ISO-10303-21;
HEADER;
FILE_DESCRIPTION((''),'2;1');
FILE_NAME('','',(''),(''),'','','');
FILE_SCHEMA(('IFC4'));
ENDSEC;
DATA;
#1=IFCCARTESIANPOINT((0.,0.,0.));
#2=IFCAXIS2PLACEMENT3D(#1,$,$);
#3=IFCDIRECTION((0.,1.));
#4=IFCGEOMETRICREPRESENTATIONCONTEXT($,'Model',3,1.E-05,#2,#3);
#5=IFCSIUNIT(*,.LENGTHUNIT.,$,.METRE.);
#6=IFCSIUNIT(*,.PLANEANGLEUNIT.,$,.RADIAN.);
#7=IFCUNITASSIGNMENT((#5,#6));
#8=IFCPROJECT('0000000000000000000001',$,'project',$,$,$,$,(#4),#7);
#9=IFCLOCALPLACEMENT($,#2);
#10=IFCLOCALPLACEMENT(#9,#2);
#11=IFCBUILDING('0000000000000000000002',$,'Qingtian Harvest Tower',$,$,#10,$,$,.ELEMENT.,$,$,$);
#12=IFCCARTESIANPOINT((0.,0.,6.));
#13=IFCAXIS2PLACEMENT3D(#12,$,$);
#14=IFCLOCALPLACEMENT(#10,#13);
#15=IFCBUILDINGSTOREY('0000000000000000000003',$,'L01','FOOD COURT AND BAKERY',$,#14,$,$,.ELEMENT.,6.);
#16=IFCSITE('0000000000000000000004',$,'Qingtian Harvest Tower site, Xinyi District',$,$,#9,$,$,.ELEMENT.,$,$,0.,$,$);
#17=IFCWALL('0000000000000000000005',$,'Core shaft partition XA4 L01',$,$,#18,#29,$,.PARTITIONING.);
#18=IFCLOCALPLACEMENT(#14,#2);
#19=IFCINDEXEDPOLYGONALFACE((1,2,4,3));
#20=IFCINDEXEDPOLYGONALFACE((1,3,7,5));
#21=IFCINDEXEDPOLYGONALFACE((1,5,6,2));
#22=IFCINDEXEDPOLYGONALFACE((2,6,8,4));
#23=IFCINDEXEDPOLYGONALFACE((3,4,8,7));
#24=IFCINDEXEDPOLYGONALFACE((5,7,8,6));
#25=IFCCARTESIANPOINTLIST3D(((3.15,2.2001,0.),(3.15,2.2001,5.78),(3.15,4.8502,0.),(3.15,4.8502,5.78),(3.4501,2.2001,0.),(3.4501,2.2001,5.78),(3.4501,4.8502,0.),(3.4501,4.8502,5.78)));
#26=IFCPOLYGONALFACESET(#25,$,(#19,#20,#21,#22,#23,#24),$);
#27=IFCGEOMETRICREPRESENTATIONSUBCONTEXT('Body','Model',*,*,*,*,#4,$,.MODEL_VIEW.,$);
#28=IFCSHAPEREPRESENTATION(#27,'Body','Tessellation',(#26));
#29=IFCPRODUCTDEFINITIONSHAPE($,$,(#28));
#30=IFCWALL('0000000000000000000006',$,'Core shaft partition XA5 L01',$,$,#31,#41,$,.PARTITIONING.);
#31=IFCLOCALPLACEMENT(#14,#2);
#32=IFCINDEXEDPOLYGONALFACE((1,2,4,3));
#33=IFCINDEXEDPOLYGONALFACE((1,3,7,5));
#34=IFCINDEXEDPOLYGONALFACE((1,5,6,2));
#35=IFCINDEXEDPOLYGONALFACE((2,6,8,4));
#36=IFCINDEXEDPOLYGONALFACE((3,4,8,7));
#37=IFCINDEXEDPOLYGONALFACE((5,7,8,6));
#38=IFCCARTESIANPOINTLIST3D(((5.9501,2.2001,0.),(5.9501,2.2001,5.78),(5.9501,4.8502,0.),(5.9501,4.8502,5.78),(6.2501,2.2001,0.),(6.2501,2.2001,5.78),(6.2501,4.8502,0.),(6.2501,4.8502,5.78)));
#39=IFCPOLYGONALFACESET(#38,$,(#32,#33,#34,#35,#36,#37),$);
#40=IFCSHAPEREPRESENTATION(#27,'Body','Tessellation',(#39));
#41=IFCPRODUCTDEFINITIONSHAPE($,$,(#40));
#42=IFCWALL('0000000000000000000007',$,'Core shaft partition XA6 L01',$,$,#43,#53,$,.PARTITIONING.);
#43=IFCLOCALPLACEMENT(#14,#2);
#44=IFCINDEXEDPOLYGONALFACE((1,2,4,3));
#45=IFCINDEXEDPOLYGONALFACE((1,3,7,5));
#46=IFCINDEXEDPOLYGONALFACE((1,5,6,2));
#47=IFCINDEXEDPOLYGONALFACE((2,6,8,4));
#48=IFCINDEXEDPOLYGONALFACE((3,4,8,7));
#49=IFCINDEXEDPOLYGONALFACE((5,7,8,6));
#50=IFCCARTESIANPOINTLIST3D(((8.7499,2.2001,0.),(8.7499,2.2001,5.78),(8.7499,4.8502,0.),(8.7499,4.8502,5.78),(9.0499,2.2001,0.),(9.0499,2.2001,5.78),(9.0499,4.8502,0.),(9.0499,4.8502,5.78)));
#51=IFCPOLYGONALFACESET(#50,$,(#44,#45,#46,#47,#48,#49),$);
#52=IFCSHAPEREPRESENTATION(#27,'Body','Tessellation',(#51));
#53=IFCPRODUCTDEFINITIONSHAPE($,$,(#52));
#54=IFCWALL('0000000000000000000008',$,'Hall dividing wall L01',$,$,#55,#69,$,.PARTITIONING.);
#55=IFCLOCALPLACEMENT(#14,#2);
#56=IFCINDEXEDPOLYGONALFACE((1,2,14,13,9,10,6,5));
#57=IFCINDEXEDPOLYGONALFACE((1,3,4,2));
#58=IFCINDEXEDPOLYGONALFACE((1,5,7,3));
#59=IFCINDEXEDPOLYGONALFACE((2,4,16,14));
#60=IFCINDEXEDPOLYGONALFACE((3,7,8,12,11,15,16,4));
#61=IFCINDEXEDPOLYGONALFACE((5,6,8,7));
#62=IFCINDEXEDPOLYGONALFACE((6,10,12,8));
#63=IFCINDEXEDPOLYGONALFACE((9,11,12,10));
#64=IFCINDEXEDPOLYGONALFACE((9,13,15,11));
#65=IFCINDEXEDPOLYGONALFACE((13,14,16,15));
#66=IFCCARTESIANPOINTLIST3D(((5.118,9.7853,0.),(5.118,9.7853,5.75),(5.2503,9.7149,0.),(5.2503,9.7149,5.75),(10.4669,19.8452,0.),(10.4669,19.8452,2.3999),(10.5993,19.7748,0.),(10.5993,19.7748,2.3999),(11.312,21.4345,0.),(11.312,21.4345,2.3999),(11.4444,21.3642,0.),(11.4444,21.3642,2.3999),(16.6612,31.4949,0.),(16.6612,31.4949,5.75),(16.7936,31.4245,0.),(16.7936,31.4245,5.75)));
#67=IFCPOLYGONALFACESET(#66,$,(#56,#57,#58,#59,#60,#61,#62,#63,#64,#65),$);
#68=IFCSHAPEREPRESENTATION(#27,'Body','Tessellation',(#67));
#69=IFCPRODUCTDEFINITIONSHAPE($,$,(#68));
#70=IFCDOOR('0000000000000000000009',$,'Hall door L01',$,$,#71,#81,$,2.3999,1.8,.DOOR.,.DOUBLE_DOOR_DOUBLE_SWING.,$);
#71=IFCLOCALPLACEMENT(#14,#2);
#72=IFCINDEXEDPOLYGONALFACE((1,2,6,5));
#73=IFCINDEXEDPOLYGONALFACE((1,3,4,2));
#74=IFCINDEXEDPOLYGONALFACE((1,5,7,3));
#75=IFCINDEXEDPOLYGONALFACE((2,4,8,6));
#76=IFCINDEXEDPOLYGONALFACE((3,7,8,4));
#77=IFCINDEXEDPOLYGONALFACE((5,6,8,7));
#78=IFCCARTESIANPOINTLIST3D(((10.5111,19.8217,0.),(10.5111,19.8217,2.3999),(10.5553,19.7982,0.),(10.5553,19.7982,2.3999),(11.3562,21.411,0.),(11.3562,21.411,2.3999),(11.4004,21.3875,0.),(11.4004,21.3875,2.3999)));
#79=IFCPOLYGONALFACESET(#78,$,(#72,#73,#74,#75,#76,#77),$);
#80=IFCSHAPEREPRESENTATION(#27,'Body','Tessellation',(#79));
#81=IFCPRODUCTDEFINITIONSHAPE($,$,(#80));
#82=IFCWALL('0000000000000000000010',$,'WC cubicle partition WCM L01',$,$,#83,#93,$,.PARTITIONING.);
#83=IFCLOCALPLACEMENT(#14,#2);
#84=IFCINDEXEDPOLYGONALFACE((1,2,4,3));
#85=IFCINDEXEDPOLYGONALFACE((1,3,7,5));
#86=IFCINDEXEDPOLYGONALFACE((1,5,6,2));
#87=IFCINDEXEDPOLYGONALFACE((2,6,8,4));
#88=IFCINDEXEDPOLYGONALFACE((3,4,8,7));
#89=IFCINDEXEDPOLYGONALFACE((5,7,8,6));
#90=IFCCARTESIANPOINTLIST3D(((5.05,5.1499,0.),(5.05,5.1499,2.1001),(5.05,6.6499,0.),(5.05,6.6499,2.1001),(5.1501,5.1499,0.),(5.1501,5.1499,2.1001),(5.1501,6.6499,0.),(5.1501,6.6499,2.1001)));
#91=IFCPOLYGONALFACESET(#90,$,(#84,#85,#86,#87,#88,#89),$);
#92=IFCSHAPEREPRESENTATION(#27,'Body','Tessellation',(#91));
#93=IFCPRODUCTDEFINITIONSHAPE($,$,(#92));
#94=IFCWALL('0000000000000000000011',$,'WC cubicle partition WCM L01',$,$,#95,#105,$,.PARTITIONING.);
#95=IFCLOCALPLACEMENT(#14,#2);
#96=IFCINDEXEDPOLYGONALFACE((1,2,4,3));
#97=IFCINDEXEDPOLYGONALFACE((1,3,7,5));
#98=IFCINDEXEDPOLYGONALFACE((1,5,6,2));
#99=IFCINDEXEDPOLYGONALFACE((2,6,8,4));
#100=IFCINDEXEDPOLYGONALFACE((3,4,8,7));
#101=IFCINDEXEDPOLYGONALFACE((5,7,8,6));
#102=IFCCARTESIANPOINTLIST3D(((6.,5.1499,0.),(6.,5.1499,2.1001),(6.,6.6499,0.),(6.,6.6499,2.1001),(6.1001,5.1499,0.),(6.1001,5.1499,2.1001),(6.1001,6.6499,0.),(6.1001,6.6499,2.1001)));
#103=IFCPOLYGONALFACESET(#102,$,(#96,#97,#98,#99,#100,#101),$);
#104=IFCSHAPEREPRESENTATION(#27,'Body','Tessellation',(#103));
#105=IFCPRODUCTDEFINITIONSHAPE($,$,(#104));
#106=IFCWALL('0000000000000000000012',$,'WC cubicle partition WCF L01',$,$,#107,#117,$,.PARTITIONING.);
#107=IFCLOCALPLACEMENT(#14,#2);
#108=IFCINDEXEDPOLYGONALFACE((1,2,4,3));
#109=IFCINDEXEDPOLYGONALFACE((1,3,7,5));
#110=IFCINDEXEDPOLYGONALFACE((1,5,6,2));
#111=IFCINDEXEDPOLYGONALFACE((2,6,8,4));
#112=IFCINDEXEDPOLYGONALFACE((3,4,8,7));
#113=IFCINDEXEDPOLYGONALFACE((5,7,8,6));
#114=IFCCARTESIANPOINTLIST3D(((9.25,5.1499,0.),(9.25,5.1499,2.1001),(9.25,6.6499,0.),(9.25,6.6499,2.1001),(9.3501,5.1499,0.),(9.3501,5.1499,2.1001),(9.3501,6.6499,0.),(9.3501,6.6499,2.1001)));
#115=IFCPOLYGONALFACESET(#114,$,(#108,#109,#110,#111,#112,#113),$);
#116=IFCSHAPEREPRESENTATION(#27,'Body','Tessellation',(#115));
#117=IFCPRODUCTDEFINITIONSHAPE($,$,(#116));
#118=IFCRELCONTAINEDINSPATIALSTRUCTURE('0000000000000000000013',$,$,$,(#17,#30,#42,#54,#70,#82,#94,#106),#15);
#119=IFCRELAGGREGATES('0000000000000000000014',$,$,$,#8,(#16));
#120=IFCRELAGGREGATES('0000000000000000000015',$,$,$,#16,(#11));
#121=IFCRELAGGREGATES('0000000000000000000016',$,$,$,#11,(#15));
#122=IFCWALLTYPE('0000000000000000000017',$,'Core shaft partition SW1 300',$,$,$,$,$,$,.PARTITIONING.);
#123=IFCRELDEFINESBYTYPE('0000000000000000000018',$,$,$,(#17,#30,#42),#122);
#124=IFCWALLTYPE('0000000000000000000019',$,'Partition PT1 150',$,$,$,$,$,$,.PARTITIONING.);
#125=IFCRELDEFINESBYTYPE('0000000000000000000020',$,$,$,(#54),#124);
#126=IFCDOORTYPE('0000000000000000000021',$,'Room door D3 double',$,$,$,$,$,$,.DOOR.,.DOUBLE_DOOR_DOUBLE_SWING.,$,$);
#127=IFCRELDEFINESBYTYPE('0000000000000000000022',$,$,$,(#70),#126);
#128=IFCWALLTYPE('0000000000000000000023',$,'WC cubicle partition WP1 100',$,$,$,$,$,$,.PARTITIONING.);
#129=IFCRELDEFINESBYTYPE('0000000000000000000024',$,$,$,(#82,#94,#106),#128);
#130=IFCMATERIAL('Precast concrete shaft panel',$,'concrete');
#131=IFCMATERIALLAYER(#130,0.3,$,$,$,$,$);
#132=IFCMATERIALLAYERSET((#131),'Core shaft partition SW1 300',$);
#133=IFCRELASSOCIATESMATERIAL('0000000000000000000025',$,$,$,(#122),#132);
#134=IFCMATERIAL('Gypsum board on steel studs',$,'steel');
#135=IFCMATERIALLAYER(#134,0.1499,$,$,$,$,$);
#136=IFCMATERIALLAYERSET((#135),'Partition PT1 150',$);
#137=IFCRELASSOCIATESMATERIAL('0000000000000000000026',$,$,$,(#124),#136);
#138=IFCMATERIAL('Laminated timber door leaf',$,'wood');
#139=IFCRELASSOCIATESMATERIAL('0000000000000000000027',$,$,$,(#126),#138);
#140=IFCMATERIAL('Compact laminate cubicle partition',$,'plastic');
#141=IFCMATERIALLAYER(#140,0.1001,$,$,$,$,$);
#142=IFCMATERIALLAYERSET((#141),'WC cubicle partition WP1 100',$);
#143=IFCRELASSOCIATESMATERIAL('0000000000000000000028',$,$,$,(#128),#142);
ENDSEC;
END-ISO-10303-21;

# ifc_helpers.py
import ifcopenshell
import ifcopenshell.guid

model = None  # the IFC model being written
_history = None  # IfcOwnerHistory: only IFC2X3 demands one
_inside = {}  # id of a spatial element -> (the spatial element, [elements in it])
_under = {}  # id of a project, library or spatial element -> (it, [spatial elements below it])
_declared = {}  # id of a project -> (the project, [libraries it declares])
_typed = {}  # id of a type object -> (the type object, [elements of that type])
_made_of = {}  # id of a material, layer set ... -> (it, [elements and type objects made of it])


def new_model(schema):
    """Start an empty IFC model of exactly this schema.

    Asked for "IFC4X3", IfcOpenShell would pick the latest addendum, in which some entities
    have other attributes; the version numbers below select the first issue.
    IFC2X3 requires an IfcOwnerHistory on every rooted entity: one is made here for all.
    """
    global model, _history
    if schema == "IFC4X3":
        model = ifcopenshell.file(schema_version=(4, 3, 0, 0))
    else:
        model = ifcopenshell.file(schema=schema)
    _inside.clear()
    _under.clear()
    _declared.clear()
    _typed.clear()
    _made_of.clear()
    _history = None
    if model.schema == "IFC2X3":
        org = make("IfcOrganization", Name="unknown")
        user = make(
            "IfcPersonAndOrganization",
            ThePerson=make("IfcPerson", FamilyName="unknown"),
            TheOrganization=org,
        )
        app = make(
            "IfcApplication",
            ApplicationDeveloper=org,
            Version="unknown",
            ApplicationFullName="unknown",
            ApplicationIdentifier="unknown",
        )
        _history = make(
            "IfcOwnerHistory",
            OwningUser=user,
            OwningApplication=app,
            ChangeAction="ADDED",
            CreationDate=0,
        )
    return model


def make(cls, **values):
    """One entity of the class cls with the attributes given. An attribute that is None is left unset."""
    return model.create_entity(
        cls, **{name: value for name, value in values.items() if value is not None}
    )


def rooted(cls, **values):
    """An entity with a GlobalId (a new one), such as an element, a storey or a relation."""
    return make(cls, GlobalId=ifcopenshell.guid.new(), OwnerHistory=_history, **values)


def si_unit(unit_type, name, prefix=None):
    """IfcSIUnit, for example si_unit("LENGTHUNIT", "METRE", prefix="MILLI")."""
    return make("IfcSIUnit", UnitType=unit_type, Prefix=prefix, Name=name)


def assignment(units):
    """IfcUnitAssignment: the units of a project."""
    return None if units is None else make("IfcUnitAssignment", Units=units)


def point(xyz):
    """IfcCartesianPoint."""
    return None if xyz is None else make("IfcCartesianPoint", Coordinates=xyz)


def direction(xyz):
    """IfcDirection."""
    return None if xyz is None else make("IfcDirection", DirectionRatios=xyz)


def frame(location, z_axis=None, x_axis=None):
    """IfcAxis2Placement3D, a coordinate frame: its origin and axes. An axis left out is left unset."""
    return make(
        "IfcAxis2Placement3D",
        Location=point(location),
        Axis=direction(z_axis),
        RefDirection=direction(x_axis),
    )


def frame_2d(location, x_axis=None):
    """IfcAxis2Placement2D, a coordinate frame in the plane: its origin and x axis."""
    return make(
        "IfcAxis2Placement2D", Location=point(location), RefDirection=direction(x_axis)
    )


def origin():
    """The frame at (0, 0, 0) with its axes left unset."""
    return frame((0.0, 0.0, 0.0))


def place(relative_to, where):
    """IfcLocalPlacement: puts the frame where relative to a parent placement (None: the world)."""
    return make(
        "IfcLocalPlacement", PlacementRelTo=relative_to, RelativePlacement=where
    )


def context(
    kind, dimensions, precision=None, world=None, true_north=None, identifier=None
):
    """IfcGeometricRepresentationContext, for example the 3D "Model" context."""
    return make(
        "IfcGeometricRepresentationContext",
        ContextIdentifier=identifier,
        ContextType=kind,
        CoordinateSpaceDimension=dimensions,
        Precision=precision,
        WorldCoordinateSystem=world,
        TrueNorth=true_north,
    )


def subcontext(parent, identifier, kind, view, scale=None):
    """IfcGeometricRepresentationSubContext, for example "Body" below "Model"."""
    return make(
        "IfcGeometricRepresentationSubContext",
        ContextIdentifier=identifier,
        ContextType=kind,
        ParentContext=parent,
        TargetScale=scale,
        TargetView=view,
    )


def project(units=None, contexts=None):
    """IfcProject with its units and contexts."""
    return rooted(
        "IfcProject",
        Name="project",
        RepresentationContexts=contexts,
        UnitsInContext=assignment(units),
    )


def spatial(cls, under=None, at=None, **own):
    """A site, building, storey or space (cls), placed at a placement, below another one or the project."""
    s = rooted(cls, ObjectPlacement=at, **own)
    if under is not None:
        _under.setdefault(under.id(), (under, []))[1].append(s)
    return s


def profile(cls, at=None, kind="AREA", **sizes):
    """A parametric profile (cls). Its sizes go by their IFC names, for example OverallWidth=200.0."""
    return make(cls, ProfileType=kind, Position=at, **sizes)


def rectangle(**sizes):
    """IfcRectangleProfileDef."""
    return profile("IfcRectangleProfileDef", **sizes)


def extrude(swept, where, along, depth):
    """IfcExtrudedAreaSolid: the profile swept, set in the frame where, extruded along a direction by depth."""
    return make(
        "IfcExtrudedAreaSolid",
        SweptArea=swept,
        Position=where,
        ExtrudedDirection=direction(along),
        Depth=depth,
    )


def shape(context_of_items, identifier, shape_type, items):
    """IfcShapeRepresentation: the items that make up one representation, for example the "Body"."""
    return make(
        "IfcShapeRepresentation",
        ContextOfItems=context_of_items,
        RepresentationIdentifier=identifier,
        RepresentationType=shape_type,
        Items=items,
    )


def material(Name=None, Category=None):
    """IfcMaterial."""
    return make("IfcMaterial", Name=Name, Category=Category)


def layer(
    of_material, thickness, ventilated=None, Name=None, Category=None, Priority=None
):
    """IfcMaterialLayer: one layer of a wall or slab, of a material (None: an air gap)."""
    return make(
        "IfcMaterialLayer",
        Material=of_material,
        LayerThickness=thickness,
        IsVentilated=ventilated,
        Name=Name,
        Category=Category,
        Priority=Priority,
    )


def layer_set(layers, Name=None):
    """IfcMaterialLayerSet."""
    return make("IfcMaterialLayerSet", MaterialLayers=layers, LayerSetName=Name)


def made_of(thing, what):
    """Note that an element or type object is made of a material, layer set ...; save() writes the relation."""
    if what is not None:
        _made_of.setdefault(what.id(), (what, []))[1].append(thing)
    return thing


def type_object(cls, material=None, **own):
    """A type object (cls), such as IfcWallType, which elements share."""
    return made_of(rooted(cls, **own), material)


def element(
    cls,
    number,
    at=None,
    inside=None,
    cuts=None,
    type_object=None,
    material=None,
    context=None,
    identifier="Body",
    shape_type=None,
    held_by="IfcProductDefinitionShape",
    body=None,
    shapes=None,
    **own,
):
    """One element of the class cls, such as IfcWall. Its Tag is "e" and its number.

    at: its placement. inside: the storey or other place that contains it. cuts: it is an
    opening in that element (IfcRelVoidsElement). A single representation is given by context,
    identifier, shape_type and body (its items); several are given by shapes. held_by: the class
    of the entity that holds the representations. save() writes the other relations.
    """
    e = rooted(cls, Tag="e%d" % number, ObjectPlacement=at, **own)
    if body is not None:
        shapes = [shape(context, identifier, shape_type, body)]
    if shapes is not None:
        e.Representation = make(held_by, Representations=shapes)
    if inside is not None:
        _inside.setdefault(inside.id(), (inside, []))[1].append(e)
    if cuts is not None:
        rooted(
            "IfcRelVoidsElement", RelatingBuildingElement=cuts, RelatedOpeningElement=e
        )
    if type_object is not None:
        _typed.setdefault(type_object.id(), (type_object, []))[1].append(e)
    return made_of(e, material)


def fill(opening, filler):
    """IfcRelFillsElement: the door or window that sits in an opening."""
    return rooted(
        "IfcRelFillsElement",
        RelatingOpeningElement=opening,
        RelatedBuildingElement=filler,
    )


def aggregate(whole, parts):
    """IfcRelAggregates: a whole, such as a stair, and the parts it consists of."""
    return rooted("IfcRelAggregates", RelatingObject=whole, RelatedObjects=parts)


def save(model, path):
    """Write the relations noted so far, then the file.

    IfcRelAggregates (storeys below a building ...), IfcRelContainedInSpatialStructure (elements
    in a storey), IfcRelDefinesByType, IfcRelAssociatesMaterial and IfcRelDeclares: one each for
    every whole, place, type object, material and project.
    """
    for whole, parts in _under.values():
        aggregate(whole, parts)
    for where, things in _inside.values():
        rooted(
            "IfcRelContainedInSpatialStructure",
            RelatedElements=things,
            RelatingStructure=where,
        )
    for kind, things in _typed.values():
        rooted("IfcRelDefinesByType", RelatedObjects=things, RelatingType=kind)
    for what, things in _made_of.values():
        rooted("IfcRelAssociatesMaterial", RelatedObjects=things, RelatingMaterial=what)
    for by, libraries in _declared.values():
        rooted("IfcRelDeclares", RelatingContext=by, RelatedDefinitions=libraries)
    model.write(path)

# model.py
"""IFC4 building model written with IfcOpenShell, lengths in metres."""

from ifc_helpers import new_model, si_unit, direction, frame, frame_2d, origin, place, context, subcontext, project, spatial, rectangle, extrude, material, layer, layer_set, type_object, element, fill, save


model = new_model("IFC4")

# Units and contexts
model_context = context("Model", 3, precision=1e-05, world=origin(), true_north=direction((0.0, 1.0)))
body_context = subcontext(model_context, "Body", "Model", "MODEL_VIEW")
ifc_project = project(units=[si_unit("LENGTHUNIT", "METRE"), si_unit("PLANEANGLEUNIT", "RADIAN")], contexts=[model_context])

# Site, building, storey
site_placement = place(None, origin())
site = spatial("IfcSite", under=ifc_project, at=site_placement, Name="Qingtian Harvest Tower site, Xinyi District", CompositionType="ELEMENT", RefElevation=0.0)
building_placement = place(site_placement, origin())
building = spatial("IfcBuilding", under=site, at=building_placement, Name="Qingtian Harvest Tower", CompositionType="ELEMENT")
storey_placement = place(building_placement, frame((0.0, 0.0, 6.0)))
storey = spatial("IfcBuildingStorey", under=building, at=storey_placement, Name="L01", Description="FOOD COURT AND BAKERY", CompositionType="ELEMENT", Elevation=6.0)

# Shared definitions
ifc_material_1 = material(Name="Precast concrete shaft panel", Category="concrete")
ifc_layer_1 = layer(ifc_material_1, 0.3)
ifc_layer_set_1 = layer_set([ifc_layer_1], Name="Core shaft partition SW1 300")
wall_type_1 = type_object("IfcWallType", Name="Core shaft partition SW1 300", PredefinedType="PARTITIONING", material=ifc_layer_set_1)

# Walls
for number, where, z_axis, x_axis, name in (
    (1, (3.3, 2.2, 0.0), (0.0, 0.0, 1.0), (0.0, 1.0, 0.0), "Core shaft partition XA4 L01"),
    (2, (6.1001, 2.2, 0.0), (0.0, 0.0, 1.0), (0.0, 1.0, 0.0), "Core shaft partition XA5 L01"),
    (3, (8.8999, 2.2, 0.0), (0.0, 0.0, 1.0), (0.0, 1.0, 0.0), "Core shaft partition XA6 L01"),
):
    element("IfcWall", number, at=place(storey_placement, frame(where, z_axis=z_axis, x_axis=x_axis)), inside=storey, type_object=wall_type_1, Name=name, PredefinedType="PARTITIONING", context=body_context, shape_type="SweptSolid", body=[
        extrude(rectangle(XDim=2.6501, YDim=0.3, at=frame_2d((1.3252, 0.0))), origin(), (0.0, 0.0, 1.0), 5.78),
    ])

# Wall, opening, door
ifc_material_2 = material(Name="Gypsum board on steel studs", Category="steel")
ifc_layer_2 = layer(ifc_material_2, 0.1499)
ifc_layer_set_2 = layer_set([ifc_layer_2], Name="Partition PT1 150")
wall_type_2 = type_object("IfcWallType", Name="Partition PT1 150", PredefinedType="PARTITIONING", material=ifc_layer_set_2)
wall_1_placement = place(storey_placement, frame((5.1841, 9.75, 0.0), z_axis=(0.0, 0.0, 1.0), x_axis=(0.469474, 0.882946, 0.0)))
wall_1 = element("IfcWall", 4, at=wall_1_placement, inside=storey, type_object=wall_type_2, Name="Hall dividing wall L01", PredefinedType="PARTITIONING", context=body_context, shape_type="SweptSolid", body=[
    extrude(rectangle(XDim=24.5876, YDim=0.1499, at=frame_2d((12.2939, 0.0))), origin(), (0.0, 0.0, 1.0), 5.75),
])
opening_1_placement = place(wall_1_placement, frame((11.3938, 0.0, 0.0)))
opening_1 = element("IfcOpeningElement", 5, at=opening_1_placement, cuts=wall_1, PredefinedType="OPENING", context=body_context, shape_type="SweptSolid", body=[
    extrude(rectangle(XDim=1.8, YDim=2.3999, at=frame_2d((0.8999, 1.2))), frame((0.0, 0.085, 0.0), z_axis=(0.0, -1.0, 0.0), x_axis=(1.0, 0.0, 0.0)), (0.0, 0.0, 1.0), 0.1699),
])
ifc_material_3 = material(Name="Laminated timber door leaf", Category="wood")
door_type_1 = type_object("IfcDoorType", Name="Room door D3 double", OperationType="DOUBLE_DOOR_DOUBLE_SWING", PredefinedType="DOOR", material=ifc_material_3)
door_1_placement = place(opening_1_placement, origin())
door_1 = element("IfcDoor", 6, at=door_1_placement, inside=storey, type_object=door_type_1, Name="Hall door L01", OperationType="DOUBLE_DOOR_DOUBLE_SWING", OverallHeight=2.3999, OverallWidth=1.8, PredefinedType="DOOR", context=body_context, shape_type="SweptSolid", body=[
    extrude(rectangle(XDim=1.8, YDim=2.3999, at=frame_2d((0.8999, 1.2))), frame((0.0, 0.0249, 0.0), z_axis=(0.0, -1.0, 0.0), x_axis=(1.0, 0.0, 0.0)), (0.0, 0.0, 1.0), 0.05),
])
fill(opening_1, door_1)

# Walls
ifc_material_4 = material(Name="Compact laminate cubicle partition", Category="plastic")
ifc_layer_3 = layer(ifc_material_4, 0.1001)
ifc_layer_set_3 = layer_set([ifc_layer_3], Name="WC cubicle partition WP1 100")
wall_type_3 = type_object("IfcWallType", Name="WC cubicle partition WP1 100", PredefinedType="PARTITIONING", material=ifc_layer_set_3)
for number, where, z_axis, x_axis, name in (
    (7, (5.1001, 5.1499, 0.0), (0.0, 0.0, 1.0), (0.0, 1.0, 0.0), "WC cubicle partition WCM L01"),
    (8, (6.05, 5.1499, 0.0), (0.0, 0.0, 1.0), (0.0, 1.0, 0.0), "WC cubicle partition WCM L01"),
    (9, (9.3, 5.1499, 0.0), (0.0, 0.0, 1.0), (0.0, 1.0, 0.0), "WC cubicle partition WCF L01"),
):
    element("IfcWall", number, at=place(storey_placement, frame(where, z_axis=z_axis, x_axis=x_axis)), inside=storey, type_object=wall_type_3, Name=name, PredefinedType="PARTITIONING", context=body_context, shape_type="SweptSolid", body=[
        extrude(rectangle(XDim=1.5, YDim=0.1001, at=frame_2d((0.75, 0.0))), origin(), (0.0, 0.0, 1.0), 2.1001),
    ])

save(model, "model.ifc")
